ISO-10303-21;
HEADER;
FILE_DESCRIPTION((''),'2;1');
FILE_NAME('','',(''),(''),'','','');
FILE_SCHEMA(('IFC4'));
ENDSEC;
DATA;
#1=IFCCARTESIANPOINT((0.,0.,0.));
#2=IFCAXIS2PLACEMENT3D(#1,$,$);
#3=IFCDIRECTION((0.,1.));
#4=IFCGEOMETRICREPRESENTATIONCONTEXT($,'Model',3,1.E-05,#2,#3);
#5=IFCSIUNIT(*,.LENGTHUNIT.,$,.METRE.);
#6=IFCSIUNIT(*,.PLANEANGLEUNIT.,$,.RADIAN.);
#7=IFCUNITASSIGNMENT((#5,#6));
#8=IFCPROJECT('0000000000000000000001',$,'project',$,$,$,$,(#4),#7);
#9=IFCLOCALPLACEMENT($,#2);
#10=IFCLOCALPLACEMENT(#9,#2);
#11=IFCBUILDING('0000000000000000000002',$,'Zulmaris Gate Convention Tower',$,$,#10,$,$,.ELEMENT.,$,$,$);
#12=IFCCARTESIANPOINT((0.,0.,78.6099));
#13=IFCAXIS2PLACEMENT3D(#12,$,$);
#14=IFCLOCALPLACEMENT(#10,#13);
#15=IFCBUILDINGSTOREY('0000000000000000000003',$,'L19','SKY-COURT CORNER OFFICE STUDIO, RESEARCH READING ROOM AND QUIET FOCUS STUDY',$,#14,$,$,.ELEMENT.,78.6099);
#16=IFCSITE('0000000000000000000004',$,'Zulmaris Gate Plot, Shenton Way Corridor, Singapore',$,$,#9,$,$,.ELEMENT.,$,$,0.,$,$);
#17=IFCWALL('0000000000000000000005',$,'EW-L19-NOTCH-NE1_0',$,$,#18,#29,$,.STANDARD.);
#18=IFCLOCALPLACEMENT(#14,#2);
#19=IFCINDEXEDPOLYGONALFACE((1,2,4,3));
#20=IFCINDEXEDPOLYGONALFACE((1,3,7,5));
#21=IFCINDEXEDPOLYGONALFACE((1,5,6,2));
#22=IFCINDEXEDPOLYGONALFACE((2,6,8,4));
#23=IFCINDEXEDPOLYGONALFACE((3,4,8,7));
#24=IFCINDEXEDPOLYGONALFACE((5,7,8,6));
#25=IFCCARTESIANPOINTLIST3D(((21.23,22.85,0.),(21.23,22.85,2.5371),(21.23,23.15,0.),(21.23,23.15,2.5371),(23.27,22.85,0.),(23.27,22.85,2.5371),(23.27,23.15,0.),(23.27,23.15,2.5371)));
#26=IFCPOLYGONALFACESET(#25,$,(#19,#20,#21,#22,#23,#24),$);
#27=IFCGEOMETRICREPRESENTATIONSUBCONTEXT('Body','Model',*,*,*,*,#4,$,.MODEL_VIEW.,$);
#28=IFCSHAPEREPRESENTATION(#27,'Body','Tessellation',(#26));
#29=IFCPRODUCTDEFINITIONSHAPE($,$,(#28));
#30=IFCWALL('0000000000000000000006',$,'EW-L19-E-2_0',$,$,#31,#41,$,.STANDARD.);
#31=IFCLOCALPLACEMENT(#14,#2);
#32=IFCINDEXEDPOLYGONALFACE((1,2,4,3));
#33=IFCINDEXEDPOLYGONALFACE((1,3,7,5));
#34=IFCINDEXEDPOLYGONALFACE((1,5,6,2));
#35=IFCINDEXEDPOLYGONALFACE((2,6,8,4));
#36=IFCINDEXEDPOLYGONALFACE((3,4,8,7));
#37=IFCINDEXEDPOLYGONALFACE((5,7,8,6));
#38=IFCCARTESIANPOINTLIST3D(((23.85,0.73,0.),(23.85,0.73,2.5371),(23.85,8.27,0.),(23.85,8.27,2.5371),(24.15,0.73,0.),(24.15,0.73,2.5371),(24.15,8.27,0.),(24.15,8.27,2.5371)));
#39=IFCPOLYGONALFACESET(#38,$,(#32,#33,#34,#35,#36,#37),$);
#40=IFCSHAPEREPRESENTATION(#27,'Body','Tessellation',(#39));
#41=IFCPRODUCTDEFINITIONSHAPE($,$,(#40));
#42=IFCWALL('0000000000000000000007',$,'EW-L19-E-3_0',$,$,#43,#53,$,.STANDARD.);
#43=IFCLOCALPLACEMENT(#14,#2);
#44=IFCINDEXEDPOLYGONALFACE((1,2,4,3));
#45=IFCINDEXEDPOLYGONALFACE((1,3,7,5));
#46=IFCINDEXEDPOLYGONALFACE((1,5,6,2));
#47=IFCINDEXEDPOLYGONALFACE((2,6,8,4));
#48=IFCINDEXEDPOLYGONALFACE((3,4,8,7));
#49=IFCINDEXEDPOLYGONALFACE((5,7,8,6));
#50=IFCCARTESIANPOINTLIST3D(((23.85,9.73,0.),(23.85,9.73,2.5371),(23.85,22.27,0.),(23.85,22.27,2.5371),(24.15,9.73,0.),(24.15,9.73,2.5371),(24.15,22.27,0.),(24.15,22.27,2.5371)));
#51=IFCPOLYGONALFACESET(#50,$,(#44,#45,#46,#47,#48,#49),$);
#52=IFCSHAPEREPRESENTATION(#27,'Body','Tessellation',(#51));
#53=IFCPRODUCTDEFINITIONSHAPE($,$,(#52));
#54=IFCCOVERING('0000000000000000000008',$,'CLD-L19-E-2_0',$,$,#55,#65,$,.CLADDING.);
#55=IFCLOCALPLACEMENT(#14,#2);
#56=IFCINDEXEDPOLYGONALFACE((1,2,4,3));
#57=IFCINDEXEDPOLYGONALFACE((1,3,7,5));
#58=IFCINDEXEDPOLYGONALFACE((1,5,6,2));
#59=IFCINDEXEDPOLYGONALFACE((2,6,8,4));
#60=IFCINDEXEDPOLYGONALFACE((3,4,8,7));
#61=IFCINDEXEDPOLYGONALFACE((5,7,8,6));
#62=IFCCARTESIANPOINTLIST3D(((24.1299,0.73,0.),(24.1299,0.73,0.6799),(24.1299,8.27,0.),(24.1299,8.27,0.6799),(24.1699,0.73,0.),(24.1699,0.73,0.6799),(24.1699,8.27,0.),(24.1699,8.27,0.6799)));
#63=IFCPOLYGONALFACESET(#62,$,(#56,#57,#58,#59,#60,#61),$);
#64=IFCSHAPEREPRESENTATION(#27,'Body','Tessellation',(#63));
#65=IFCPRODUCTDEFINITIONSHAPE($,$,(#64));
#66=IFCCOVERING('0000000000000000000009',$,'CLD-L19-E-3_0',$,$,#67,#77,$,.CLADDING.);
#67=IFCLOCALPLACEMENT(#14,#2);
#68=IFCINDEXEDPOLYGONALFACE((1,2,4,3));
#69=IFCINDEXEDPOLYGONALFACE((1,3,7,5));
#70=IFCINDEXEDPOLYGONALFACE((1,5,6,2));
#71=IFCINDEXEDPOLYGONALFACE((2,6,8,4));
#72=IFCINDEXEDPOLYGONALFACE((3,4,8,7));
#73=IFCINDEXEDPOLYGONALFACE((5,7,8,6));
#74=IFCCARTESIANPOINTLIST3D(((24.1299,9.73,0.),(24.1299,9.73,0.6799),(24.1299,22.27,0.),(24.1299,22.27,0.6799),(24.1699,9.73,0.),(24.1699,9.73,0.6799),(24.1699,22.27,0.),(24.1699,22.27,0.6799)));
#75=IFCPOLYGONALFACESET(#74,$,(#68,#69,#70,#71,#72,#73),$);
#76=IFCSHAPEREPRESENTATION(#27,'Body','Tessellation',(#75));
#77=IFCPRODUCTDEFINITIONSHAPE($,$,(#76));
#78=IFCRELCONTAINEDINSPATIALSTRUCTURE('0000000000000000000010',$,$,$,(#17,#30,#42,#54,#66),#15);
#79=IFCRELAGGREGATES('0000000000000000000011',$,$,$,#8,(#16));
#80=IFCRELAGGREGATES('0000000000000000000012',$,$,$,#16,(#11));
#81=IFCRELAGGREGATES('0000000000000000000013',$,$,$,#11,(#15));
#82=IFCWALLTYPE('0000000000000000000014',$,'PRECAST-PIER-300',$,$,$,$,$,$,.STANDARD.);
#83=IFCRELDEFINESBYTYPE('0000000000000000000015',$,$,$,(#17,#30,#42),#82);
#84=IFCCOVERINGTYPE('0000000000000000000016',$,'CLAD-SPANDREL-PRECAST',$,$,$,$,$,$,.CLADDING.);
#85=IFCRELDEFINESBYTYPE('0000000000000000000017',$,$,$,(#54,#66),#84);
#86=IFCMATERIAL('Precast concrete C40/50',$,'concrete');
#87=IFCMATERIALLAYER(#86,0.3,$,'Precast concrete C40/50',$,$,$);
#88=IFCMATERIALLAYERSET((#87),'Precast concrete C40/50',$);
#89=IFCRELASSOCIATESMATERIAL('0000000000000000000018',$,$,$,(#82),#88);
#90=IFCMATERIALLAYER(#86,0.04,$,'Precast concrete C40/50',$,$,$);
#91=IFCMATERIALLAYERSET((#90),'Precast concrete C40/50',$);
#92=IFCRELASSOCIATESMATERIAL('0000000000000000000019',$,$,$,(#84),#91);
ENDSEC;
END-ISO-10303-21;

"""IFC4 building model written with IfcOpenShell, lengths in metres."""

from ifc_helpers import new_model, si_unit, direction, frame, frame_2d, origin, place, context, subcontext, project, spatial, rectangle, extrude, material, layer, layer_set, type_object, element, save


model = new_model("IFC4")

# Units and contexts
model_context = context("Model", 3, precision=1e-05, world=origin(), true_north=direction((0.0, 1.0)))
body_context = subcontext(model_context, "Body", "Model", "MODEL_VIEW")
ifc_project = project(units=[si_unit("LENGTHUNIT", "METRE"), si_unit("PLANEANGLEUNIT", "RADIAN")], contexts=[model_context])

# Site, building, storey
site_placement = place(None, origin())
site = spatial("IfcSite", under=ifc_project, at=site_placement, Name="Zulmaris Gate Plot, Shenton Way Corridor, Singapore", CompositionType="ELEMENT", RefElevation=0.0)
building_placement = place(site_placement, origin())
building = spatial("IfcBuilding", under=site, at=building_placement, Name="Zulmaris Gate Convention Tower", CompositionType="ELEMENT")
storey_placement = place(building_placement, frame((0.0, 0.0, 78.6099)))
storey = spatial("IfcBuildingStorey", under=building, at=storey_placement, Name="L19", Description="SKY-COURT CORNER OFFICE STUDIO, RESEARCH READING ROOM AND QUIET FOCUS STUDY", CompositionType="ELEMENT", Elevation=78.6099)

# Walls
ifc_material_1 = material(Name="Precast concrete C40/50", Category="concrete")
ifc_layer_1 = layer(ifc_material_1, 0.3, Name="Precast concrete C40/50")
ifc_layer_set_1 = layer_set([ifc_layer_1], Name="Precast concrete C40/50")
wall_type_1 = type_object("IfcWallType", Name="PRECAST-PIER-300", PredefinedType="STANDARD", material=ifc_layer_set_1)
wall_1_placement = place(storey_placement, frame((23.27, 23.0, 0.0), z_axis=(0.0, 0.0, 1.0), x_axis=(-1.0, 0.0, 0.0)))
element("IfcWall", 1, at=wall_1_placement, inside=storey, type_object=wall_type_1, Name="EW-L19-NOTCH-NE1_0", PredefinedType="STANDARD", context=body_context, shape_type="SweptSolid", body=[
    extrude(rectangle(XDim=2.04, YDim=0.3, at=frame_2d((1.02, 0.0))), origin(), (0.0, 0.0, 1.0), 2.5371),
])
wall_2_placement = place(storey_placement, frame((24.0, 0.73, 0.0), z_axis=(0.0, 0.0, 1.0), x_axis=(0.0, 1.0, 0.0)))
element("IfcWall", 2, at=wall_2_placement, inside=storey, type_object=wall_type_1, Name="EW-L19-E-2_0", PredefinedType="STANDARD", context=body_context, shape_type="SweptSolid", body=[
    extrude(rectangle(XDim=7.54, YDim=0.3, at=frame_2d((3.77, 0.0))), origin(), (0.0, 0.0, 1.0), 2.5371),
])
wall_3_placement = place(storey_placement, frame((24.0, 9.73, 0.0), z_axis=(0.0, 0.0, 1.0), x_axis=(0.0, 1.0, 0.0)))
element("IfcWall", 3, at=wall_3_placement, inside=storey, type_object=wall_type_1, Name="EW-L19-E-3_0", PredefinedType="STANDARD", context=body_context, shape_type="SweptSolid", body=[
    extrude(rectangle(XDim=12.54, YDim=0.3, at=frame_2d((6.27, 0.0))), origin(), (0.0, 0.0, 1.0), 2.5371),
])

# Coverings
ifc_layer_2 = layer(ifc_material_1, 0.04, Name="Precast concrete C40/50")
ifc_layer_set_2 = layer_set([ifc_layer_2], Name="Precast concrete C40/50")
covering_type = type_object("IfcCoveringType", Name="CLAD-SPANDREL-PRECAST", PredefinedType="CLADDING", material=ifc_layer_set_2)
covering_1_placement = place(storey_placement, frame((24.1499, 0.73, 0.0), z_axis=(0.0, 0.0, 1.0), x_axis=(0.0, 1.0, 0.0)))
element("IfcCovering", 4, at=covering_1_placement, inside=storey, type_object=covering_type, Name="CLD-L19-E-2_0", PredefinedType="CLADDING", context=body_context, shape_type="SweptSolid", body=[
    extrude(rectangle(XDim=7.54, YDim=0.04, at=frame_2d((3.77, 0.0))), origin(), (0.0, 0.0, 1.0), 0.6799),
])
covering_2_placement = place(storey_placement, frame((24.1499, 9.73, 0.0), z_axis=(0.0, 0.0, 1.0), x_axis=(0.0, 1.0, 0.0)))
element("IfcCovering", 5, at=covering_2_placement, inside=storey, type_object=covering_type, Name="CLD-L19-E-3_0", PredefinedType="CLADDING", context=body_context, shape_type="SweptSolid", body=[
    extrude(rectangle(XDim=12.54, YDim=0.04, at=frame_2d((6.27, 0.0))), origin(), (0.0, 0.0, 1.0), 0.6799),
])

save(model, "model.ifc")
